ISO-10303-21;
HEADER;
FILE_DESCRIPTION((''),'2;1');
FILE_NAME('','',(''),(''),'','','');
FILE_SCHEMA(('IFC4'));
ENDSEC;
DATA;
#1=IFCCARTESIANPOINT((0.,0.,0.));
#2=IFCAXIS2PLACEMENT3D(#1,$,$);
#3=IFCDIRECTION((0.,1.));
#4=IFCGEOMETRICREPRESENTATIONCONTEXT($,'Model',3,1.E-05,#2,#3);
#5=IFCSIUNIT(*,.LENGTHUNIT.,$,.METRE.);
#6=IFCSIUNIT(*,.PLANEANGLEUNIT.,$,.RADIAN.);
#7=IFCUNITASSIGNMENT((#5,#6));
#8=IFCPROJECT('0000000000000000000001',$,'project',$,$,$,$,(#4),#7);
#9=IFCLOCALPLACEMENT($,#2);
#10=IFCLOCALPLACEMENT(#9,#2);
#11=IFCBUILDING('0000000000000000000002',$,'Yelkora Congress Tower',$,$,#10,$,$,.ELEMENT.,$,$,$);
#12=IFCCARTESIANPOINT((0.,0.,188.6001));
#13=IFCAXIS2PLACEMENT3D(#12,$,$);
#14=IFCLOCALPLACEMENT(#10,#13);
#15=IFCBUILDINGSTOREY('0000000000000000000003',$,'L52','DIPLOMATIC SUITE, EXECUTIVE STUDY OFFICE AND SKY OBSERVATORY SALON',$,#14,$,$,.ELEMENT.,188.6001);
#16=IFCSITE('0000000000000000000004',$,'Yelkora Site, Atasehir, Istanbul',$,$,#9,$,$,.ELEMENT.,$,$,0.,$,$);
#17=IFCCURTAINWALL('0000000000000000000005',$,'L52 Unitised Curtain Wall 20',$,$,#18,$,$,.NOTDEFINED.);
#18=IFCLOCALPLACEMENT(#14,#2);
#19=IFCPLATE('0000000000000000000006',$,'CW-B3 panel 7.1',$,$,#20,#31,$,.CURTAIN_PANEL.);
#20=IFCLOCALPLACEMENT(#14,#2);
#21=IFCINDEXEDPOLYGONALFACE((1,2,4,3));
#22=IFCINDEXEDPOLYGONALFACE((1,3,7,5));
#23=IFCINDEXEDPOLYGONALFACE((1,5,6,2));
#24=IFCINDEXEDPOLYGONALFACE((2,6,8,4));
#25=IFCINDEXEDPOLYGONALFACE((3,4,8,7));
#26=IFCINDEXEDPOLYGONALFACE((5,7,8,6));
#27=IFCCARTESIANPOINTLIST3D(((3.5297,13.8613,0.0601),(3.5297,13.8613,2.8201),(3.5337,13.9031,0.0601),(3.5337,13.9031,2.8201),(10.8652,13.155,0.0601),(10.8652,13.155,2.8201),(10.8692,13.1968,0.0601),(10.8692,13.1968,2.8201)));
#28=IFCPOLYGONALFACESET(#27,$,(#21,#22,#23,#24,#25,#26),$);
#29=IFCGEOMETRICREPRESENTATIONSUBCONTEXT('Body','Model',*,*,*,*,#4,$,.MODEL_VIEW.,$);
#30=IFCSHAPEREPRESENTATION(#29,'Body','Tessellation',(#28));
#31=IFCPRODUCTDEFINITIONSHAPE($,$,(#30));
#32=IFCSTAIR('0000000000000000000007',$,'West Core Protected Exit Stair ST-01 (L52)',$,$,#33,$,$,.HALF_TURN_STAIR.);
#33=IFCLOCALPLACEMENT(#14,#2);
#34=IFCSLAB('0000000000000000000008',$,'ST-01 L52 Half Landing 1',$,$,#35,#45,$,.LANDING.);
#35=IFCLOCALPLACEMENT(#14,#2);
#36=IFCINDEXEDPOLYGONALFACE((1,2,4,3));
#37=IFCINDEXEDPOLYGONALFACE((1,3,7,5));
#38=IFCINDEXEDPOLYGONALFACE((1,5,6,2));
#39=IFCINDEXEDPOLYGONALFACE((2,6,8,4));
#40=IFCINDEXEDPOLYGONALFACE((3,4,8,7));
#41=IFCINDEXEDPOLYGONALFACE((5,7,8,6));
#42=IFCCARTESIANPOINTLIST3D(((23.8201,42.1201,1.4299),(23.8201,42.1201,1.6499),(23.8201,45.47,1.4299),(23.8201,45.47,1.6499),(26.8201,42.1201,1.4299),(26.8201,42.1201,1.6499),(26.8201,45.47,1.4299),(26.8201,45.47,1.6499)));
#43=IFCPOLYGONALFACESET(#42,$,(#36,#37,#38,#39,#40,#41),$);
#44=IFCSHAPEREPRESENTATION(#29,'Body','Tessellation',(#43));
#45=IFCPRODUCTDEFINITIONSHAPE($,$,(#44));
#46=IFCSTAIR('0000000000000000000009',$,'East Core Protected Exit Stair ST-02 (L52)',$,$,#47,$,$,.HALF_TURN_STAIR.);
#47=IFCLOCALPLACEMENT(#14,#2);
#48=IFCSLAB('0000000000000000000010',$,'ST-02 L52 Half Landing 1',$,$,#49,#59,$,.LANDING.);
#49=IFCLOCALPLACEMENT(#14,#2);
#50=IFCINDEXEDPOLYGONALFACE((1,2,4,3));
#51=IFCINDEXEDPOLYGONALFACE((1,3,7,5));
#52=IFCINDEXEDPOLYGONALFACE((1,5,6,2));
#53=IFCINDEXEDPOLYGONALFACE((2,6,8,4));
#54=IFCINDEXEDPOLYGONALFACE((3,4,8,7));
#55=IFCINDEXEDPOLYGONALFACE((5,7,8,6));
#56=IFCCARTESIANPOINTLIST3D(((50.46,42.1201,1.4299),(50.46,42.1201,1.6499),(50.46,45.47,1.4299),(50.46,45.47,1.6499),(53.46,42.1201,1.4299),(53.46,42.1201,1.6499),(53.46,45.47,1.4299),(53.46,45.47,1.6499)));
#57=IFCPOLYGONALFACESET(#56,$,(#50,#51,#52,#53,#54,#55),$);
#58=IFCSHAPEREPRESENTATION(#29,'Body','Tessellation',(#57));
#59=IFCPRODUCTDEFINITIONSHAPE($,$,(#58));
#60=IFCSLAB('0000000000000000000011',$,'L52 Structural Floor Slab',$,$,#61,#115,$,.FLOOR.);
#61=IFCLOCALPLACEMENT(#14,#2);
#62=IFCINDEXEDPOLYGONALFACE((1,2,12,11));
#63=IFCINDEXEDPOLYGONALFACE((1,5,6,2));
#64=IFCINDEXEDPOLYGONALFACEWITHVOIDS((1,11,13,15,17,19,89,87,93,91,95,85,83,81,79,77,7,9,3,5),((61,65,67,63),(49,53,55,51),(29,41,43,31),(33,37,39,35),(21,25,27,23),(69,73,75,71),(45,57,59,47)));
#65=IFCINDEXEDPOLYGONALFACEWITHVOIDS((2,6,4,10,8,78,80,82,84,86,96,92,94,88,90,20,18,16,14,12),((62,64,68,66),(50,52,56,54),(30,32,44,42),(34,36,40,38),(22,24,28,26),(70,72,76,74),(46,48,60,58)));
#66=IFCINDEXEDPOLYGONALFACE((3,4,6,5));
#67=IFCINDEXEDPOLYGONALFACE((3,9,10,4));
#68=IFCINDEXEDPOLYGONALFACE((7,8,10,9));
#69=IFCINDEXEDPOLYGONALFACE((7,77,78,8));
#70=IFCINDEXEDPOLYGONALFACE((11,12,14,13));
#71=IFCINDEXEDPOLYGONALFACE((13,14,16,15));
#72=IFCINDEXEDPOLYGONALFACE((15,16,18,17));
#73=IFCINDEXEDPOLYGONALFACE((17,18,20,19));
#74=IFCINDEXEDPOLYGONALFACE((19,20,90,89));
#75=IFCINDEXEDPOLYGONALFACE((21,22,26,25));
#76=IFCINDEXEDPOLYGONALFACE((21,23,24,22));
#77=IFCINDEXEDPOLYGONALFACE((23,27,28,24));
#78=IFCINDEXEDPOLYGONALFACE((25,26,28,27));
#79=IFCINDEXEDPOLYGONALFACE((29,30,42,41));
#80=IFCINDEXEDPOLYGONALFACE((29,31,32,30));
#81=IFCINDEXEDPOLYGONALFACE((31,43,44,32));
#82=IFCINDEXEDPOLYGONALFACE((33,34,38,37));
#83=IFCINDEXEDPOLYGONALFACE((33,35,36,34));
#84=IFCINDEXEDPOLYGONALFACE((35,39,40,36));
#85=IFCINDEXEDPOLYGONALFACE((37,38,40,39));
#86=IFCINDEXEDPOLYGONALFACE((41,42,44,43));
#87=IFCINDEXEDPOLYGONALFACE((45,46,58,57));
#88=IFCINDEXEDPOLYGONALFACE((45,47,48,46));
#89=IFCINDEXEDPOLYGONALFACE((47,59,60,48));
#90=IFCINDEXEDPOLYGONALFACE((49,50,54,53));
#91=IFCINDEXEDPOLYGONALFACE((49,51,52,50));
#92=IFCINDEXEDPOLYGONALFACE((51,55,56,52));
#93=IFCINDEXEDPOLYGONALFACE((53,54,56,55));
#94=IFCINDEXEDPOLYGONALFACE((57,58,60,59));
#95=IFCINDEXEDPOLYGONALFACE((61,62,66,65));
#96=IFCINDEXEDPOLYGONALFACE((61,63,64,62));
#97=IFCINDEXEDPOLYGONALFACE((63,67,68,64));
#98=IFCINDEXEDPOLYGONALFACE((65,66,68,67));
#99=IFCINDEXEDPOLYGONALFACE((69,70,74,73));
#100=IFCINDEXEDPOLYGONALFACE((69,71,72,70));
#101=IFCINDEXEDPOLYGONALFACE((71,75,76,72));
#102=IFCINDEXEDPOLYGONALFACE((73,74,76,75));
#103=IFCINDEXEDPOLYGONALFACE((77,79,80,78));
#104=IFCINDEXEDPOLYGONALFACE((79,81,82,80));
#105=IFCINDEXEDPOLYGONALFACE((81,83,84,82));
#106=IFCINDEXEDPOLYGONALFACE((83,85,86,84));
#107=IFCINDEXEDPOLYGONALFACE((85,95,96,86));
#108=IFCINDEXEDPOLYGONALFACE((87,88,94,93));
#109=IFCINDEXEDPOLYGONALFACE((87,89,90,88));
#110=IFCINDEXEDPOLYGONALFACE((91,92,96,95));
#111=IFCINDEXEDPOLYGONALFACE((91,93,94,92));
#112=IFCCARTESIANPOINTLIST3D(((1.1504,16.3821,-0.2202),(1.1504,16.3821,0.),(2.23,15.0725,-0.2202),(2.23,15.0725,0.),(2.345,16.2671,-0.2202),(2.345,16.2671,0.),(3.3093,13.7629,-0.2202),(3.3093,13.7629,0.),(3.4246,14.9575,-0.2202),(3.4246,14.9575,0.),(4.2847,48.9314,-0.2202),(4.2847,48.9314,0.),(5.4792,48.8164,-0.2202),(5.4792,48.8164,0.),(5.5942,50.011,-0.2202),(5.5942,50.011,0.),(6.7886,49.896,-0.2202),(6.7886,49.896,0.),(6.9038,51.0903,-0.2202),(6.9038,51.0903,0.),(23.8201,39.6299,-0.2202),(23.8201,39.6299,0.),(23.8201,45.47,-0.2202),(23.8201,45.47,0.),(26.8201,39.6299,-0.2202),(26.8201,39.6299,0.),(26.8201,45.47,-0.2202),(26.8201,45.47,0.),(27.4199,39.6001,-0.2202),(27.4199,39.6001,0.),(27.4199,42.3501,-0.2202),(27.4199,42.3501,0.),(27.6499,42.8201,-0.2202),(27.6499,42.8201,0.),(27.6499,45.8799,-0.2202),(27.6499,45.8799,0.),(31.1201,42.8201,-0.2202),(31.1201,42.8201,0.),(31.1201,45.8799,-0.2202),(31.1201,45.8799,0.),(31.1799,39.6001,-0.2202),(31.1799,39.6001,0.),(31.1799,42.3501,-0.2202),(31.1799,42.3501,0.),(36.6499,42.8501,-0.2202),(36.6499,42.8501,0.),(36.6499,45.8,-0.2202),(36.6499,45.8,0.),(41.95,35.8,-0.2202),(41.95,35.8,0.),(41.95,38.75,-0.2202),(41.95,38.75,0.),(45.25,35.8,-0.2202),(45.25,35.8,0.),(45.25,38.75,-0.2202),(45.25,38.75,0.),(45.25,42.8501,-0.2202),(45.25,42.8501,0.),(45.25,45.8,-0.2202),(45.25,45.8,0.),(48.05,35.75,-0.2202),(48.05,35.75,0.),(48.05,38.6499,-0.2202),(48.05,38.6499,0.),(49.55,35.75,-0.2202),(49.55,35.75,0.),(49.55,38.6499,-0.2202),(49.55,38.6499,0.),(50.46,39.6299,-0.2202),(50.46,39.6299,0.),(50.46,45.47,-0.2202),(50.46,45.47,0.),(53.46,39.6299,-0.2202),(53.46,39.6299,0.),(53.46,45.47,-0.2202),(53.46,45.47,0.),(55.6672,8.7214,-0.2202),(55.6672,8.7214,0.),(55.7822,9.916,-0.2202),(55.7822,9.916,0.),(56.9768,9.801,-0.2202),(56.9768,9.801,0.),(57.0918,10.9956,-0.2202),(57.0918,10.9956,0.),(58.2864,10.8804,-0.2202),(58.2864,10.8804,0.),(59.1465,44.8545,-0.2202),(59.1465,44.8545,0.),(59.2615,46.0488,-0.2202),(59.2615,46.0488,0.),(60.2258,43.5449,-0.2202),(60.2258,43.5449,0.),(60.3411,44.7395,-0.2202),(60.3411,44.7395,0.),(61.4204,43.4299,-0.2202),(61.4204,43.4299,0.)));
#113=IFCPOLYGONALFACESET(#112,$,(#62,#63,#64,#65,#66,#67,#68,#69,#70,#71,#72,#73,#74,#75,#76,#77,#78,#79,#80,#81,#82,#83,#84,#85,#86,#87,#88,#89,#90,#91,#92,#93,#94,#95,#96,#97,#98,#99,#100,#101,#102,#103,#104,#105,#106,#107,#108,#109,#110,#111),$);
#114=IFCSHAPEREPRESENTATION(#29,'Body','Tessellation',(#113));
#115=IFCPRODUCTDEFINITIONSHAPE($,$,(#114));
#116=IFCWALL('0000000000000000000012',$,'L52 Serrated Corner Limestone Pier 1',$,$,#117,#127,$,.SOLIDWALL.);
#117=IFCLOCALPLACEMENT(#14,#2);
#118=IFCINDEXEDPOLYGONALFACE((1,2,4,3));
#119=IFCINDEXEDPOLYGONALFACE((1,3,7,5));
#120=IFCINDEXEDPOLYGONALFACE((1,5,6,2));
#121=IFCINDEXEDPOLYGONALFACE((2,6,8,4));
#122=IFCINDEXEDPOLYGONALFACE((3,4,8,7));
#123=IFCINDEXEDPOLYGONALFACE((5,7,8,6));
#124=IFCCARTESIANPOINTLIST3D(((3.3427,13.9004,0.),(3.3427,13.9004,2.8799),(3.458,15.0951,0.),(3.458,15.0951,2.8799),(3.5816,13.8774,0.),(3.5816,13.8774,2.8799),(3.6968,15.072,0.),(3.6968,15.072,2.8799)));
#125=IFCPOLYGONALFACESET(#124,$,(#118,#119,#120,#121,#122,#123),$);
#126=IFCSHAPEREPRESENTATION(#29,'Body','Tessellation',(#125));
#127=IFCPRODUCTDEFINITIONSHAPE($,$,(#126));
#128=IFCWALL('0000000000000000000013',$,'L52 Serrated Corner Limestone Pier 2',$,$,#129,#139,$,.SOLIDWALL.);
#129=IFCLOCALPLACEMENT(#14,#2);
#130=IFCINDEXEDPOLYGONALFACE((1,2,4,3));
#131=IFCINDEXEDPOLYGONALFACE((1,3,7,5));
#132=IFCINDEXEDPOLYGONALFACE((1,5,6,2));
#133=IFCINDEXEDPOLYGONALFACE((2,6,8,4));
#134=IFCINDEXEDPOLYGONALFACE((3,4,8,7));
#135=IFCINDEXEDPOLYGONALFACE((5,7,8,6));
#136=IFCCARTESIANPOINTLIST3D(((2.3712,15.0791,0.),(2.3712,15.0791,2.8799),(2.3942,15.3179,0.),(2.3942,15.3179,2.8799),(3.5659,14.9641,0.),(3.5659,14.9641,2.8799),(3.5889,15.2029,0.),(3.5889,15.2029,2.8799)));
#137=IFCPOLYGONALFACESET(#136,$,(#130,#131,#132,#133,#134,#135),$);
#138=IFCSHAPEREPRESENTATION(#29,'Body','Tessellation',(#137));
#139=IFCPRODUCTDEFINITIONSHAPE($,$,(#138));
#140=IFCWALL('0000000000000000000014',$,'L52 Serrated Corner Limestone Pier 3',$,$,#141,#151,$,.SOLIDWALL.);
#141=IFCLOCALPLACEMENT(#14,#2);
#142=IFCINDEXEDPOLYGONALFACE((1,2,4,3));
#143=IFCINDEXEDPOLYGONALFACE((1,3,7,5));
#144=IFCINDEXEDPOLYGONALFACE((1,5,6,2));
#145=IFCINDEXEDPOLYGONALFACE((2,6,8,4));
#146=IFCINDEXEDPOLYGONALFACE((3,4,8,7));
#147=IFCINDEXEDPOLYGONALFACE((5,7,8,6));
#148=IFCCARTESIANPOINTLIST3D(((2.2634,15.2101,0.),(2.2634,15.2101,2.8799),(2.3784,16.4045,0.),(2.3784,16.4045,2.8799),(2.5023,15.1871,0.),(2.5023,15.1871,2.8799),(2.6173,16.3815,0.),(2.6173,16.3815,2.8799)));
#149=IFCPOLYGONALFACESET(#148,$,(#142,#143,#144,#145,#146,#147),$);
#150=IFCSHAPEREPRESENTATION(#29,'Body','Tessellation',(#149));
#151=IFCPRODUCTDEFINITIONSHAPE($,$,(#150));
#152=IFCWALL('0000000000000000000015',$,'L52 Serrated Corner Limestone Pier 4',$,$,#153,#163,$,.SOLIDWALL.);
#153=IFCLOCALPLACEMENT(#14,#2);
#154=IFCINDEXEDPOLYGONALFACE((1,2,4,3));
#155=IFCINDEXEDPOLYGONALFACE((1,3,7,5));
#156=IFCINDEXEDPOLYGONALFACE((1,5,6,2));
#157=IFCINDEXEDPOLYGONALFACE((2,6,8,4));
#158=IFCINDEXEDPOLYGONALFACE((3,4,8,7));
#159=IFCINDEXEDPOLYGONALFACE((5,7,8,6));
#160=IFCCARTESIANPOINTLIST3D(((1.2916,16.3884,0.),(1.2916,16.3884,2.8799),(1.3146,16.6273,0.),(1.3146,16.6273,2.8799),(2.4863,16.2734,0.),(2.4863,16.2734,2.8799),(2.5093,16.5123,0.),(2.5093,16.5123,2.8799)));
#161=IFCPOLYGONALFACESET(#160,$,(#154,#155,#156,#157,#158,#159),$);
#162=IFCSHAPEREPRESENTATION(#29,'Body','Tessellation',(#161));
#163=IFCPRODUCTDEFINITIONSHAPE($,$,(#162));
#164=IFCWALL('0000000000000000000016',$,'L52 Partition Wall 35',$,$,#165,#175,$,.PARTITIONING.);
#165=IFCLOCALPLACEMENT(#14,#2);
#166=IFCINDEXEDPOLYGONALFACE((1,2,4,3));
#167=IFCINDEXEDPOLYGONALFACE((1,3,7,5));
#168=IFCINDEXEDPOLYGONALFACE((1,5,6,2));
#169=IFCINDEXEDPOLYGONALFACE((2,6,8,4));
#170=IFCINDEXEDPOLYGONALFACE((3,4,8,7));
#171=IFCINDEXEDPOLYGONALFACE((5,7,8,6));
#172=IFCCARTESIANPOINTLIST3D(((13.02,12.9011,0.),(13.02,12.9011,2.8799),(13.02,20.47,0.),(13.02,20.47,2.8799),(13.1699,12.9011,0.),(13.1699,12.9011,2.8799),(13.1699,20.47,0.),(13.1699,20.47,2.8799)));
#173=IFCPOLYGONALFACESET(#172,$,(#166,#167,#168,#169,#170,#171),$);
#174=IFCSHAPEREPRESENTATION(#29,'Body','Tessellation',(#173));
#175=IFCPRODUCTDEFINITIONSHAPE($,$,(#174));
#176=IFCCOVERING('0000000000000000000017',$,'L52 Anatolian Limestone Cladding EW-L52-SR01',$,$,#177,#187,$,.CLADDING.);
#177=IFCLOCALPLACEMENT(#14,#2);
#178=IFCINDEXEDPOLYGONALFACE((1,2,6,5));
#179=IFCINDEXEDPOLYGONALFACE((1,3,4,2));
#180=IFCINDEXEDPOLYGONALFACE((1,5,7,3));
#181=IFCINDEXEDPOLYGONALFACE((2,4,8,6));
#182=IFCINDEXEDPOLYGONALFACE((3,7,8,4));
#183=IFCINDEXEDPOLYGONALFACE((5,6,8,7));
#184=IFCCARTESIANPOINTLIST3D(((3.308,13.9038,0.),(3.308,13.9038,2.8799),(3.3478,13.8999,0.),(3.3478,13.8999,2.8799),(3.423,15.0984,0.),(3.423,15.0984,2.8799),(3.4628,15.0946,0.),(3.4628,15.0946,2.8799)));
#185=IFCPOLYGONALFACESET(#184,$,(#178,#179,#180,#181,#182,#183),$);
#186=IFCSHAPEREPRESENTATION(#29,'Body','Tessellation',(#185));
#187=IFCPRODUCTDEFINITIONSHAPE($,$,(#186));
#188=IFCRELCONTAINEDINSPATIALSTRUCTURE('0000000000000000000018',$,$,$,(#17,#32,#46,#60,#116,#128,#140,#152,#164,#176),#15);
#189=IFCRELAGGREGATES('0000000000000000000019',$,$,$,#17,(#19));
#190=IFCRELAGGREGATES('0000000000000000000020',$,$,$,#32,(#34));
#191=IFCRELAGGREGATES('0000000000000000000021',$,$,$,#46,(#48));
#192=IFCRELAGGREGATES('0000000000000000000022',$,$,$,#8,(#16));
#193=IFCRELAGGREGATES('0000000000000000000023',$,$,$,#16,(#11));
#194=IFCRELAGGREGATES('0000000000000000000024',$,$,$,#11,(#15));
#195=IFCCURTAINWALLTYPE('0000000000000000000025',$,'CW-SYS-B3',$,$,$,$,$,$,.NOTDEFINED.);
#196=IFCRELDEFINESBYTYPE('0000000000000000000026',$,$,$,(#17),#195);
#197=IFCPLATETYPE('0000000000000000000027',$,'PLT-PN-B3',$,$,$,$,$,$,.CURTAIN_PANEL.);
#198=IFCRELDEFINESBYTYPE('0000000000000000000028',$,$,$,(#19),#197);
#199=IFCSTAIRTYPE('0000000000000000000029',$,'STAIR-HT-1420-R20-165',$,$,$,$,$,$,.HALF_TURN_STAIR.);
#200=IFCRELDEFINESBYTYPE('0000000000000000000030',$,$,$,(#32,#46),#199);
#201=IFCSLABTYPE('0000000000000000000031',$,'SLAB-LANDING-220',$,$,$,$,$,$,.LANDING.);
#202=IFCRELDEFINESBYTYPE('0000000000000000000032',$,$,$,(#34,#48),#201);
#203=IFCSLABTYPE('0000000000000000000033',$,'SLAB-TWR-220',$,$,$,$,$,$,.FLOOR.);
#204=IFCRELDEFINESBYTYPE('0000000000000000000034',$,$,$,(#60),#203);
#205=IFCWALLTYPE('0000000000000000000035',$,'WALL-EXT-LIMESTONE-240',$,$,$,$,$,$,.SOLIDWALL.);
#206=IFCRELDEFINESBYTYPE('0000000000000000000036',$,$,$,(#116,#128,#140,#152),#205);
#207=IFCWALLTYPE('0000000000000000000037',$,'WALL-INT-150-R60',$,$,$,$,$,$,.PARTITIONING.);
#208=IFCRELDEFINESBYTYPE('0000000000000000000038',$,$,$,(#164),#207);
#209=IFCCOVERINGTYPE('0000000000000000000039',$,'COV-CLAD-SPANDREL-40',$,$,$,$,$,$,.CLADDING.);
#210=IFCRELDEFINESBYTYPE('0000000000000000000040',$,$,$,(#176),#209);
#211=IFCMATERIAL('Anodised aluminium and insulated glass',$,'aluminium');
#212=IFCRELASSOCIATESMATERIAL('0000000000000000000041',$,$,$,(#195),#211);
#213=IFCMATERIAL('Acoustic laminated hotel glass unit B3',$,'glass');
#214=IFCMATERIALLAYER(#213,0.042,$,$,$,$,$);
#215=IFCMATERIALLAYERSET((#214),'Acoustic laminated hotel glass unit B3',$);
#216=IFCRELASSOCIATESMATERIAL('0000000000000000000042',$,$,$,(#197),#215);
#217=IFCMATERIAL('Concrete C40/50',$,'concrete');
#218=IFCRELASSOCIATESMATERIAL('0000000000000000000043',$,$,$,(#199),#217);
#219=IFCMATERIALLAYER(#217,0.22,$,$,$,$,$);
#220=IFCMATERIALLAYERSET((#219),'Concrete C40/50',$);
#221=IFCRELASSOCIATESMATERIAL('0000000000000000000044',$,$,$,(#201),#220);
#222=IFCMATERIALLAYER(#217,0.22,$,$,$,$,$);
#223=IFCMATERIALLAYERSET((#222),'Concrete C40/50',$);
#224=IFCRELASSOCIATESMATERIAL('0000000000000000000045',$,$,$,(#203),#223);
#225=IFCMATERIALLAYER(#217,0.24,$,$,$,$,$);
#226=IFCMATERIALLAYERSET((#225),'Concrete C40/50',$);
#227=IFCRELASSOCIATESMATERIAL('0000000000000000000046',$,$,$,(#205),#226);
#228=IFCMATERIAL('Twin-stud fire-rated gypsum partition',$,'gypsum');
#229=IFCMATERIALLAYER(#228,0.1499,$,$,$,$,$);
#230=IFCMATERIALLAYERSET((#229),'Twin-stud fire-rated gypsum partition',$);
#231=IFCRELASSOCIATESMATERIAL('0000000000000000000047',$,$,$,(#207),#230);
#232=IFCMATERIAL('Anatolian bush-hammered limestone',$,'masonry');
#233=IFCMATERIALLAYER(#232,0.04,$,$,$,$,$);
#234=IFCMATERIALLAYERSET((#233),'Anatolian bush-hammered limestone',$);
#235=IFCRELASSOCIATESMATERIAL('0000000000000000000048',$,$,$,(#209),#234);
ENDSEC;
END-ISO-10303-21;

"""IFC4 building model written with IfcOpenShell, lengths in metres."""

from ifc_helpers import new_model, si_unit, direction, frame, frame_2d, origin, origin_2d, place, context, subcontext, project, spatial, polyline, rectangle, outline, extrude, material, layer, layer_set, type_object, element, aggregate, save


model = new_model("IFC4")

# Units and contexts
model_context = context("Model", 3, precision=1e-05, world=origin(), true_north=direction((0.0, 1.0)))
body_context = subcontext(model_context, "Body", "Model", "MODEL_VIEW")
ifc_project = project(units=[si_unit("LENGTHUNIT", "METRE"), si_unit("PLANEANGLEUNIT", "RADIAN")], contexts=[model_context])

# Site, building, storey
site_placement = place(None, origin())
site = spatial("IfcSite", under=ifc_project, at=site_placement, Name="Yelkora Site, Atasehir, Istanbul", CompositionType="ELEMENT", RefElevation=0.0)
building_placement = place(site_placement, origin())
building = spatial("IfcBuilding", under=site, at=building_placement, Name="Yelkora Congress Tower", CompositionType="ELEMENT")
storey_placement = place(building_placement, frame((0.0, 0.0, 188.6001)))
storey = spatial("IfcBuildingStorey", under=building, at=storey_placement, Name="L52", Description="DIPLOMATIC SUITE, EXECUTIVE STUDY OFFICE AND SKY OBSERVATORY SALON", CompositionType="ELEMENT", Elevation=188.6001)

# Curtain wall, plate
ifc_material_1 = material(Name="Anodised aluminium and insulated glass", Category="aluminium")
curtain_wall_type = type_object("IfcCurtainWallType", Name="CW-SYS-B3", PredefinedType="NOTDEFINED", material=ifc_material_1)
curtain_wall_placement = place(storey_placement, origin())
curtain_wall = element("IfcCurtainWall", 1, at=curtain_wall_placement, inside=storey, type_object=curtain_wall_type, Name="L52 Unitised Curtain Wall 20", PredefinedType="NOTDEFINED")
ifc_material_2 = material(Name="Acoustic laminated hotel glass unit B3", Category="glass")
ifc_layer_1 = layer(ifc_material_2, 0.042)
ifc_layer_set_1 = layer_set([ifc_layer_1], Name="Acoustic laminated hotel glass unit B3")
plate_type = type_object("IfcPlateType", Name="PLT-PN-B3", PredefinedType="CURTAIN_PANEL", material=ifc_layer_set_1)
plate_1_placement = place(storey_placement, frame((7.1995, 13.5291, 0.0601), z_axis=(0.0, 0.0, 1.0), x_axis=(-0.995396, 0.095845, 0.0)))
plate_1 = element("IfcPlate", 2, at=plate_1_placement, type_object=plate_type, Name="CW-B3 panel 7.1", PredefinedType="CURTAIN_PANEL", context=body_context, shape_type="SweptSolid", body=[
    extrude(rectangle(XDim=7.3694, YDim=0.042, at=origin_2d()), origin(), (0.0, 0.0, 1.0), 2.76),
])
aggregate(curtain_wall, [plate_1])

# Stairs, slabs
ifc_material_3 = material(Name="Concrete C40/50", Category="concrete")
stair_type = type_object("IfcStairType", Name="STAIR-HT-1420-R20-165", PredefinedType="HALF_TURN_STAIR", material=ifc_material_3)
stair_1_placement = place(storey_placement, origin())
stair_1 = element("IfcStair", 3, at=stair_1_placement, inside=storey, type_object=stair_type, Name="West Core Protected Exit Stair ST-01 (L52)", PredefinedType="HALF_TURN_STAIR")
ifc_layer_2 = layer(ifc_material_3, 0.22)
ifc_layer_set_2 = layer_set([ifc_layer_2], Name="Concrete C40/50")
slab_type_1 = type_object("IfcSlabType", Name="SLAB-LANDING-220", PredefinedType="LANDING", material=ifc_layer_set_2)
slab_1_placement = place(storey_placement, frame((0.0, 0.0, 1.4299)))
slab_1 = element("IfcSlab", 4, at=slab_1_placement, type_object=slab_type_1, Name="ST-01 L52 Half Landing 1", PredefinedType="LANDING", context=body_context, shape_type="SweptSolid", body=[
    extrude(outline(polyline([(26.8201, 42.1201), (26.8201, 45.47), (23.8201, 45.47), (23.8201, 42.1201), (26.8201, 42.1201)])), origin(), (0.0, 0.0, 1.0), 0.22),
])
aggregate(stair_1, [slab_1])
stair_2_placement = place(storey_placement, origin())
stair_2 = element("IfcStair", 5, at=stair_2_placement, inside=storey, type_object=stair_type, Name="East Core Protected Exit Stair ST-02 (L52)", PredefinedType="HALF_TURN_STAIR")
slab_2_placement = place(storey_placement, frame((0.0, 0.0, 1.4299)))
slab_2 = element("IfcSlab", 6, at=slab_2_placement, type_object=slab_type_1, Name="ST-02 L52 Half Landing 1", PredefinedType="LANDING", context=body_context, shape_type="SweptSolid", body=[
    extrude(outline(polyline([(53.46, 42.1201), (53.46, 45.47), (50.46, 45.47), (50.46, 42.1201), (53.46, 42.1201)])), origin(), (0.0, 0.0, 1.0), 0.22),
])
aggregate(stair_2, [slab_2])

# Slab
ifc_layer_3 = layer(ifc_material_3, 0.22)
ifc_layer_set_3 = layer_set([ifc_layer_3], Name="Concrete C40/50")
slab_type_2 = type_object("IfcSlabType", Name="SLAB-TWR-220", PredefinedType="FLOOR", material=ifc_layer_set_3)
slab_3_placement = place(storey_placement, frame((0.0, 0.0, -0.2202)))
element("IfcSlab", 7, at=slab_3_placement, inside=storey, type_object=slab_type_2, Name="L52 Structural Floor Slab", PredefinedType="FLOOR", context=body_context, shape_type="SweptSolid", body=[
    extrude(outline(polyline([(3.3093, 13.7629), (55.6672, 8.7214), (55.7822, 9.916), (56.9768, 9.801), (57.0918, 10.9956), (58.2864, 10.8804), (61.4204, 43.4299), (60.2258, 43.5449), (60.3411, 44.7395), (59.1465, 44.8545), (59.2615, 46.0488), (6.9038, 51.0903), (6.7886, 49.896), (5.5942, 50.011), (5.4792, 48.8164), (4.2847, 48.9314), (1.1504, 16.3821), (2.345, 16.2671), (2.23, 15.0725), (3.4246, 14.9575), (3.3093, 13.7629)]), holes=[polyline([(23.8201, 39.6299), (26.8201, 39.6299), (26.8201, 45.47), (23.8201, 45.47), (23.8201, 39.6299)]), polyline([(50.46, 39.6299), (53.46, 39.6299), (53.46, 45.47), (50.46, 45.47), (50.46, 39.6299)]), polyline([(48.05, 35.75), (49.55, 35.75), (49.55, 38.6499), (48.05, 38.6499), (48.05, 35.75)]), polyline([(36.6499, 42.8501), (45.25, 42.8501), (45.25, 45.8), (36.6499, 45.8), (36.6499, 42.8501)]), polyline([(41.95, 35.8), (45.25, 35.8), (45.25, 38.75), (41.95, 38.75), (41.95, 35.8)]), polyline([(27.4199, 39.6001), (31.1799, 39.6001), (31.1799, 42.3501), (27.4199, 42.3501), (27.4199, 39.6001)]), polyline([(27.6499, 42.8201), (31.1201, 42.8201), (31.1201, 45.8799), (27.6499, 45.8799), (27.6499, 42.8201)])]), origin(), (0.0, 0.0, 1.0), 0.2202),
])

# Walls
ifc_layer_4 = layer(ifc_material_3, 0.24)
ifc_layer_set_4 = layer_set([ifc_layer_4], Name="Concrete C40/50")
wall_type_1 = type_object("IfcWallType", Name="WALL-EXT-LIMESTONE-240", PredefinedType="SOLIDWALL", material=ifc_layer_set_4)
for number, where, z_axis, x_axis, name in (
    (8, (3.4622, 13.8889, 0.0), (0.0, 0.0, 1.0), (0.096019, 0.99538, 0.0), "L52 Serrated Corner Limestone Pier 1"),
    (9, (3.5774, 15.0835, 0.0), (0.0, 0.0, 1.0), (-0.995399, 0.095817, 0.0), "L52 Serrated Corner Limestone Pier 2"),
):
    element("IfcWall", number, at=place(storey_placement, frame(where, z_axis=z_axis, x_axis=x_axis)), inside=storey, type_object=wall_type_1, Name=name, PredefinedType="SOLIDWALL", context=body_context, shape_type="SweptSolid", body=[
        extrude(rectangle(XDim=1.2002, YDim=0.24, at=frame_2d((0.6001, 0.0))), origin(), (0.0, 0.0, 1.0), 2.8799),
    ])
wall_1_placement = place(storey_placement, frame((2.3828, 15.1985, 0.0), z_axis=(0.0, 0.0, 1.0), x_axis=(0.095836, 0.995397, 0.0)))
element("IfcWall", 10, at=wall_1_placement, inside=storey, type_object=wall_type_1, Name="L52 Serrated Corner Limestone Pier 3", PredefinedType="SOLIDWALL", context=body_context, shape_type="SweptSolid", body=[
    extrude(rectangle(XDim=1.2, YDim=0.24, at=frame_2d((0.6001, 0.0))), origin(), (0.0, 0.0, 1.0), 2.8799),
])
wall_2_placement = place(storey_placement, frame((2.4978, 16.3928, 0.0), z_axis=(0.0, 0.0, 1.0), x_axis=(-0.995399, 0.095817, 0.0)))
element("IfcWall", 11, at=wall_2_placement, inside=storey, type_object=wall_type_1, Name="L52 Serrated Corner Limestone Pier 4", PredefinedType="SOLIDWALL", context=body_context, shape_type="SweptSolid", body=[
    extrude(rectangle(XDim=1.2002, YDim=0.24, at=frame_2d((0.6001, 0.0))), origin(), (0.0, 0.0, 1.0), 2.8799),
])
ifc_material_4 = material(Name="Twin-stud fire-rated gypsum partition", Category="gypsum")
ifc_layer_5 = layer(ifc_material_4, 0.1499)
ifc_layer_set_5 = layer_set([ifc_layer_5], Name="Twin-stud fire-rated gypsum partition")
wall_type_2 = type_object("IfcWallType", Name="WALL-INT-150-R60", PredefinedType="PARTITIONING", material=ifc_layer_set_5)
wall_3_placement = place(storey_placement, frame((13.095, 12.9011, 0.0), z_axis=(0.0, 0.0, 1.0), x_axis=(0.0, 1.0, 0.0)))
element("IfcWall", 12, at=wall_3_placement, inside=storey, type_object=wall_type_2, Name="L52 Partition Wall 35", PredefinedType="PARTITIONING", context=body_context, shape_type="SweptSolid", body=[
    extrude(rectangle(XDim=7.5688, YDim=0.1499, at=frame_2d((3.7844, 0.0))), origin(), (0.0, 0.0, 1.0), 2.8799),
])

# Covering
ifc_material_5 = material(Name="Anatolian bush-hammered limestone", Category="masonry")
ifc_layer_6 = layer(ifc_material_5, 0.04)
ifc_layer_set_6 = layer_set([ifc_layer_6], Name="Anatolian bush-hammered limestone")
covering_type = type_object("IfcCoveringType", Name="COV-CLAD-SPANDREL-40", PredefinedType="CLADDING", material=ifc_layer_set_6)
covering_1_placement = place(storey_placement, frame((3.3279, 13.9019, 0.0), z_axis=(0.0, 0.0, 1.0), x_axis=(0.095817, 0.995399, 0.0)))
element("IfcCovering", 13, at=covering_1_placement, inside=storey, type_object=covering_type, Name="L52 Anatolian Limestone Cladding EW-L52-SR01", PredefinedType="CLADDING", context=body_context, shape_type="SweptSolid", body=[
    extrude(rectangle(XDim=1.2002, YDim=0.04, at=frame_2d((0.6001, 0.0))), origin(), (0.0, 0.0, 1.0), 2.8799),
])

save(model, "model.ifc")
